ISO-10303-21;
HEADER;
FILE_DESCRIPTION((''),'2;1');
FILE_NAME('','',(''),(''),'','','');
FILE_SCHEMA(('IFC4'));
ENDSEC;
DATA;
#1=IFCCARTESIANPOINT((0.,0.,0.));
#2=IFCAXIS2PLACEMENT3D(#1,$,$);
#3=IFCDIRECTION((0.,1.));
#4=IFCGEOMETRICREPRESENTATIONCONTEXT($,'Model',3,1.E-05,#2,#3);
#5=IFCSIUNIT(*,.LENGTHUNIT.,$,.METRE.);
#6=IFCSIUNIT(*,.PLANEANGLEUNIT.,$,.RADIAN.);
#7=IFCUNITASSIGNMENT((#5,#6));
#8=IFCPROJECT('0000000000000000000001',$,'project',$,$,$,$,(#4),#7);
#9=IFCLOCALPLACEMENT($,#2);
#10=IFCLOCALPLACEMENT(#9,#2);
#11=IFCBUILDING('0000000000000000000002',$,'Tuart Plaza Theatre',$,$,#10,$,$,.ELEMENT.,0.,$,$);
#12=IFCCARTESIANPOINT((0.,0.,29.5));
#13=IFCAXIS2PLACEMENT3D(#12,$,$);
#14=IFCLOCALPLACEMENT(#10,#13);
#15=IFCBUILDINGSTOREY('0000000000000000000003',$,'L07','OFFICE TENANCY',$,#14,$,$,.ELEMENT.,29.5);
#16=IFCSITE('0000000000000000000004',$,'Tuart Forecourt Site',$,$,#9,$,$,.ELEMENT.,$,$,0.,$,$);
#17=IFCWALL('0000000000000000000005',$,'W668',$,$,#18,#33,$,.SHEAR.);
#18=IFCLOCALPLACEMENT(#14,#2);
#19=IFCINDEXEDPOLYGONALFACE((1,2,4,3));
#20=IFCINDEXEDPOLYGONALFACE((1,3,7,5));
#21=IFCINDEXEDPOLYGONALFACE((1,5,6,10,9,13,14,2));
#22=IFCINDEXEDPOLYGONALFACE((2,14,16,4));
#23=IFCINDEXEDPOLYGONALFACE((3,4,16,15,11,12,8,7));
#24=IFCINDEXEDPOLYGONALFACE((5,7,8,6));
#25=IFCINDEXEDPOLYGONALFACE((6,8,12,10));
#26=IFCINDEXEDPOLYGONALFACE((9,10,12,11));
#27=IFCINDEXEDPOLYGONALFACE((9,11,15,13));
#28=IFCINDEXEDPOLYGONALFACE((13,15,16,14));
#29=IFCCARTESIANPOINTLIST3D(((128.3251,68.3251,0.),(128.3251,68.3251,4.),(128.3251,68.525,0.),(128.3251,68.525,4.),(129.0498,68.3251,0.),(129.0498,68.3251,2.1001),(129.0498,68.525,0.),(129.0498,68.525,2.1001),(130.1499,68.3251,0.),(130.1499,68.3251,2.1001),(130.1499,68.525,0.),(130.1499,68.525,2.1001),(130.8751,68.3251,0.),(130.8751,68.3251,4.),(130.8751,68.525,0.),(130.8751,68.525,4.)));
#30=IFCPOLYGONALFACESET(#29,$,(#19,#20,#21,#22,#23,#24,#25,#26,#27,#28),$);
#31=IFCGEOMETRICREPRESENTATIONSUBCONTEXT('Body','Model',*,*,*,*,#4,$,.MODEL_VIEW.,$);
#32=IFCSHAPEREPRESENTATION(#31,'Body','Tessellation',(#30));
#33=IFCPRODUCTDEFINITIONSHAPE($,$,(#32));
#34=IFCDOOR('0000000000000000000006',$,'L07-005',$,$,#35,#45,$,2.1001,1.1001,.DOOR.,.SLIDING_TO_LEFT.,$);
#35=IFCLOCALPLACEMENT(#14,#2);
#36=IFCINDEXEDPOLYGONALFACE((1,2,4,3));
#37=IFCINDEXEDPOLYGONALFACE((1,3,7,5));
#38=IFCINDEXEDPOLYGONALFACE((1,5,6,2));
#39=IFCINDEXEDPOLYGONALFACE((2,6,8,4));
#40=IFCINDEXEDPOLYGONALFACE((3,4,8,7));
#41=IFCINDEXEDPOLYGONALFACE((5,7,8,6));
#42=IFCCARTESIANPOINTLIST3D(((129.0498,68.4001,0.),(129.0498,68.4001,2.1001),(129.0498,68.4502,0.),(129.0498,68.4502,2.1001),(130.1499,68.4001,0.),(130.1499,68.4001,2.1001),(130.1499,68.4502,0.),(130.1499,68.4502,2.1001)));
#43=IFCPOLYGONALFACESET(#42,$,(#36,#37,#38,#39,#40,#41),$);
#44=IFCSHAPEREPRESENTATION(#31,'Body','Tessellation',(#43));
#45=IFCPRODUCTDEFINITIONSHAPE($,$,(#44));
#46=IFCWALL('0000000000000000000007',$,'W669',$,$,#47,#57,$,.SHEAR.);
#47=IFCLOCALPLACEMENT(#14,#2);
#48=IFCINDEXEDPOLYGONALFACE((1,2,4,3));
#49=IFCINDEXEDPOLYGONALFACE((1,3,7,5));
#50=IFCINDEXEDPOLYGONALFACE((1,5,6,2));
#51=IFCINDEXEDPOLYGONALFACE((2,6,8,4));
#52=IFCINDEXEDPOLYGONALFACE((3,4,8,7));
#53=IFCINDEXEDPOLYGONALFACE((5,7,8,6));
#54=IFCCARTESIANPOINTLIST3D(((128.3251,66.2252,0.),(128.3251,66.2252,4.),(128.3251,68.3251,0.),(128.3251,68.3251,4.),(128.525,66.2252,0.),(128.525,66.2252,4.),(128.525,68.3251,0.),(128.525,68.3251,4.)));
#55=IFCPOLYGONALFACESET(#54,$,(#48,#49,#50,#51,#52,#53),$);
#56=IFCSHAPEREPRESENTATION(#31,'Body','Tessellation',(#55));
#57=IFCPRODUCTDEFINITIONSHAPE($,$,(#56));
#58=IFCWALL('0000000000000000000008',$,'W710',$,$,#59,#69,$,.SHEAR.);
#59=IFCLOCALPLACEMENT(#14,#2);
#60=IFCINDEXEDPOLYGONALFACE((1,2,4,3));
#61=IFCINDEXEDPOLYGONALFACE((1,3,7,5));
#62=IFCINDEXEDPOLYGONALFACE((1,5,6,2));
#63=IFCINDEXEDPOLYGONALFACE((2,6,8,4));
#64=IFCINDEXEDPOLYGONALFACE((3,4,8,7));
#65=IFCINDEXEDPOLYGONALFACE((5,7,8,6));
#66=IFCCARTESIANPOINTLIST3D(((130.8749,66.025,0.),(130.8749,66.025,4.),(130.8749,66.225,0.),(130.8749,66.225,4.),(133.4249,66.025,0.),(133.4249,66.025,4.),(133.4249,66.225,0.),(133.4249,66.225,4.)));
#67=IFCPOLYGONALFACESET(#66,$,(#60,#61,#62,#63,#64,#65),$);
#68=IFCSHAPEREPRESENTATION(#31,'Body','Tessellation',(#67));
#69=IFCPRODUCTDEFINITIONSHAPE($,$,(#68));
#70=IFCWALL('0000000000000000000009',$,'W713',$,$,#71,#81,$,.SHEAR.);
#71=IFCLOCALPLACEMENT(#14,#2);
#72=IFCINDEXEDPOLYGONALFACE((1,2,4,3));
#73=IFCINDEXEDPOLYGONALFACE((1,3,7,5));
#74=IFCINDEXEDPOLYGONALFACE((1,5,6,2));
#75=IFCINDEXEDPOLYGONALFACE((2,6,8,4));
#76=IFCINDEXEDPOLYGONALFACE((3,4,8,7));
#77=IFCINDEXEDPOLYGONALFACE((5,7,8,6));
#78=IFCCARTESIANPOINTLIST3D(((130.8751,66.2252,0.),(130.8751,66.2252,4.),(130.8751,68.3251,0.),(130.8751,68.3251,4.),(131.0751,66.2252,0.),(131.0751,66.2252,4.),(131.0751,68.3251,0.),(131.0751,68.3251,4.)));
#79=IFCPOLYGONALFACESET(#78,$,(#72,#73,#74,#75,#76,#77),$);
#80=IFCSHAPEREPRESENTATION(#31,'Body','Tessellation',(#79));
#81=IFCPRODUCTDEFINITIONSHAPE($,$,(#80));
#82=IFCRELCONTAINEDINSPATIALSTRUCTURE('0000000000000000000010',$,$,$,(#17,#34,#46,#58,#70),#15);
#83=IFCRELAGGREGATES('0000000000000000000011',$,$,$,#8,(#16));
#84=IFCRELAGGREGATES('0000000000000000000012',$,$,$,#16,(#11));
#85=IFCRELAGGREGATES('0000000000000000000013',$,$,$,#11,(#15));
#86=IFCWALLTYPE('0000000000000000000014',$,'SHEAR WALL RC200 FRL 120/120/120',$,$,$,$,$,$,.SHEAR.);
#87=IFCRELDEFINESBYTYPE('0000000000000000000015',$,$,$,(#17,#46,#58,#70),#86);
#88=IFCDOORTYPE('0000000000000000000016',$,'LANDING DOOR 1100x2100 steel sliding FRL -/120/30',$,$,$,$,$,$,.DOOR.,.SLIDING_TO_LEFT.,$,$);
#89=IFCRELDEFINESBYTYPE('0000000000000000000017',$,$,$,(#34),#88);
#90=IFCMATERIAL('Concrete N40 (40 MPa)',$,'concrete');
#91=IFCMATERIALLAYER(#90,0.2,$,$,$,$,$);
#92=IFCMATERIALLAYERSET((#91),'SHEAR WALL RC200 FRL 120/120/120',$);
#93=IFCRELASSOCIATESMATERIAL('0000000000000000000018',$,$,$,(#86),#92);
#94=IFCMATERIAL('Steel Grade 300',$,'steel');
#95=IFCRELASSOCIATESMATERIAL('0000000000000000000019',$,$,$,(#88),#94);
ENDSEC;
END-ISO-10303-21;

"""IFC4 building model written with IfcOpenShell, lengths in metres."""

from ifc_helpers import new_model, si_unit, direction, frame, frame_2d, origin, place, context, subcontext, project, spatial, rectangle, extrude, material, layer, layer_set, type_object, element, fill, save


model = new_model("IFC4")

# Units and contexts
model_context = context("Model", 3, precision=1e-05, world=origin(), true_north=direction((0.0, 1.0)))
body_context = subcontext(model_context, "Body", "Model", "MODEL_VIEW")
ifc_project = project(units=[si_unit("LENGTHUNIT", "METRE"), si_unit("PLANEANGLEUNIT", "RADIAN")], contexts=[model_context])

# Site, building, storey
site_placement = place(None, origin())
site = spatial("IfcSite", under=ifc_project, at=site_placement, Name="Tuart Forecourt Site", CompositionType="ELEMENT", RefElevation=0.0)
building_placement = place(site_placement, origin())
building = spatial("IfcBuilding", under=site, at=building_placement, Name="Tuart Plaza Theatre", CompositionType="ELEMENT", ElevationOfRefHeight=0.0)
storey_placement = place(building_placement, frame((0.0, 0.0, 29.5)))
storey = spatial("IfcBuildingStorey", under=building, at=storey_placement, Name="L07", Description="OFFICE TENANCY", CompositionType="ELEMENT", Elevation=29.5)

# Shared definitions
ifc_material_1 = material(Name="Concrete N40 (40 MPa)", Category="concrete")
ifc_layer_1 = layer(ifc_material_1, 0.2)
ifc_layer_set_1 = layer_set([ifc_layer_1], Name="SHEAR WALL RC200 FRL 120/120/120")
wall_type_1 = type_object("IfcWallType", Name="SHEAR WALL RC200 FRL 120/120/120", PredefinedType="SHEAR", material=ifc_layer_set_1)

# Shared definitions
ifc_material_2 = material(Name="Steel Grade 300", Category="steel")
door_type_1 = type_object("IfcDoorType", Name="LANDING DOOR 1100x2100 steel sliding FRL -/120/30", OperationType="SLIDING_TO_LEFT", PredefinedType="DOOR", material=ifc_material_2)

# Wall, opening, door
wall_1_placement = place(storey_placement, frame((130.875, 68.425, 0.0), z_axis=(0.0, 0.0, 1.0), x_axis=(-1.0, 0.0, 0.0)))
wall_1 = element("IfcWall", 1, at=wall_1_placement, inside=storey, type_object=wall_type_1, Name="W668", PredefinedType="SHEAR", context=body_context, shape_type="SweptSolid", body=[
    extrude(rectangle(XDim=2.55, YDim=0.2, at=frame_2d((1.2749, 0.0))), origin(), (0.0, 0.0, 1.0), 4.0),
])
opening_1_placement = place(wall_1_placement, frame((0.7251, 0.0, 0.0)))
opening_1 = element("IfcOpeningElement", 2, at=opening_1_placement, cuts=wall_1, PredefinedType="OPENING", context=body_context, shape_type="SweptSolid", body=[
    extrude(rectangle(XDim=1.1001, YDim=2.1001, at=frame_2d((0.55, 1.05))), frame((0.0, 0.1099, 0.0), z_axis=(0.0, -1.0, 0.0), x_axis=(1.0, 0.0, 0.0)), (0.0, 0.0, 1.0), 0.22),
])
door_1_placement = place(opening_1_placement, origin())
door_1 = element("IfcDoor", 3, at=door_1_placement, inside=storey, type_object=door_type_1, Name="L07-005", OperationType="SLIDING_TO_LEFT", OverallHeight=2.1001, OverallWidth=1.1001, PredefinedType="DOOR", context=body_context, shape_type="SweptSolid", body=[
    extrude(rectangle(XDim=1.1001, YDim=2.1001, at=frame_2d((0.55, 1.05))), frame((0.0, 0.0249, 0.0), z_axis=(0.0, -1.0, 0.0), x_axis=(1.0, 0.0, 0.0)), (0.0, 0.0, 1.0), 0.05),
])
fill(opening_1, door_1)

# Walls
wall_2_placement = place(storey_placement, frame((128.425, 68.325, 0.0), z_axis=(0.0, 0.0, 1.0), x_axis=(0.0, -1.0, 0.0)))
element("IfcWall", 4, at=wall_2_placement, inside=storey, type_object=wall_type_1, Name="W669", PredefinedType="SHEAR", context=body_context, shape_type="SweptSolid", body=[
    extrude(rectangle(XDim=2.0999, YDim=0.2, at=frame_2d((1.0498, 0.0))), origin(), (0.0, 0.0, 1.0), 4.0),
])
wall_3_placement = place(storey_placement, frame((130.875, 66.125, 0.0), z_axis=(0.0, 0.0, 1.0), x_axis=(1.0, 0.0, 0.0)))
element("IfcWall", 5, at=wall_3_placement, inside=storey, type_object=wall_type_1, Name="W710", PredefinedType="SHEAR", context=body_context, shape_type="SweptSolid", body=[
    extrude(rectangle(XDim=2.55, YDim=0.2, at=frame_2d((1.2749, 0.0))), origin(), (0.0, 0.0, 1.0), 4.0),
])
wall_4_placement = place(storey_placement, frame((130.9751, 68.325, 0.0), z_axis=(0.0, 0.0, 1.0), x_axis=(0.0, -1.0, 0.0)))
element("IfcWall", 6, at=wall_4_placement, inside=storey, type_object=wall_type_1, Name="W713", PredefinedType="SHEAR", context=body_context, shape_type="SweptSolid", body=[
    extrude(rectangle(XDim=2.0999, YDim=0.2, at=frame_2d((1.0498, 0.0))), origin(), (0.0, 0.0, 1.0), 4.0),
])

save(model, "model.ifc")
